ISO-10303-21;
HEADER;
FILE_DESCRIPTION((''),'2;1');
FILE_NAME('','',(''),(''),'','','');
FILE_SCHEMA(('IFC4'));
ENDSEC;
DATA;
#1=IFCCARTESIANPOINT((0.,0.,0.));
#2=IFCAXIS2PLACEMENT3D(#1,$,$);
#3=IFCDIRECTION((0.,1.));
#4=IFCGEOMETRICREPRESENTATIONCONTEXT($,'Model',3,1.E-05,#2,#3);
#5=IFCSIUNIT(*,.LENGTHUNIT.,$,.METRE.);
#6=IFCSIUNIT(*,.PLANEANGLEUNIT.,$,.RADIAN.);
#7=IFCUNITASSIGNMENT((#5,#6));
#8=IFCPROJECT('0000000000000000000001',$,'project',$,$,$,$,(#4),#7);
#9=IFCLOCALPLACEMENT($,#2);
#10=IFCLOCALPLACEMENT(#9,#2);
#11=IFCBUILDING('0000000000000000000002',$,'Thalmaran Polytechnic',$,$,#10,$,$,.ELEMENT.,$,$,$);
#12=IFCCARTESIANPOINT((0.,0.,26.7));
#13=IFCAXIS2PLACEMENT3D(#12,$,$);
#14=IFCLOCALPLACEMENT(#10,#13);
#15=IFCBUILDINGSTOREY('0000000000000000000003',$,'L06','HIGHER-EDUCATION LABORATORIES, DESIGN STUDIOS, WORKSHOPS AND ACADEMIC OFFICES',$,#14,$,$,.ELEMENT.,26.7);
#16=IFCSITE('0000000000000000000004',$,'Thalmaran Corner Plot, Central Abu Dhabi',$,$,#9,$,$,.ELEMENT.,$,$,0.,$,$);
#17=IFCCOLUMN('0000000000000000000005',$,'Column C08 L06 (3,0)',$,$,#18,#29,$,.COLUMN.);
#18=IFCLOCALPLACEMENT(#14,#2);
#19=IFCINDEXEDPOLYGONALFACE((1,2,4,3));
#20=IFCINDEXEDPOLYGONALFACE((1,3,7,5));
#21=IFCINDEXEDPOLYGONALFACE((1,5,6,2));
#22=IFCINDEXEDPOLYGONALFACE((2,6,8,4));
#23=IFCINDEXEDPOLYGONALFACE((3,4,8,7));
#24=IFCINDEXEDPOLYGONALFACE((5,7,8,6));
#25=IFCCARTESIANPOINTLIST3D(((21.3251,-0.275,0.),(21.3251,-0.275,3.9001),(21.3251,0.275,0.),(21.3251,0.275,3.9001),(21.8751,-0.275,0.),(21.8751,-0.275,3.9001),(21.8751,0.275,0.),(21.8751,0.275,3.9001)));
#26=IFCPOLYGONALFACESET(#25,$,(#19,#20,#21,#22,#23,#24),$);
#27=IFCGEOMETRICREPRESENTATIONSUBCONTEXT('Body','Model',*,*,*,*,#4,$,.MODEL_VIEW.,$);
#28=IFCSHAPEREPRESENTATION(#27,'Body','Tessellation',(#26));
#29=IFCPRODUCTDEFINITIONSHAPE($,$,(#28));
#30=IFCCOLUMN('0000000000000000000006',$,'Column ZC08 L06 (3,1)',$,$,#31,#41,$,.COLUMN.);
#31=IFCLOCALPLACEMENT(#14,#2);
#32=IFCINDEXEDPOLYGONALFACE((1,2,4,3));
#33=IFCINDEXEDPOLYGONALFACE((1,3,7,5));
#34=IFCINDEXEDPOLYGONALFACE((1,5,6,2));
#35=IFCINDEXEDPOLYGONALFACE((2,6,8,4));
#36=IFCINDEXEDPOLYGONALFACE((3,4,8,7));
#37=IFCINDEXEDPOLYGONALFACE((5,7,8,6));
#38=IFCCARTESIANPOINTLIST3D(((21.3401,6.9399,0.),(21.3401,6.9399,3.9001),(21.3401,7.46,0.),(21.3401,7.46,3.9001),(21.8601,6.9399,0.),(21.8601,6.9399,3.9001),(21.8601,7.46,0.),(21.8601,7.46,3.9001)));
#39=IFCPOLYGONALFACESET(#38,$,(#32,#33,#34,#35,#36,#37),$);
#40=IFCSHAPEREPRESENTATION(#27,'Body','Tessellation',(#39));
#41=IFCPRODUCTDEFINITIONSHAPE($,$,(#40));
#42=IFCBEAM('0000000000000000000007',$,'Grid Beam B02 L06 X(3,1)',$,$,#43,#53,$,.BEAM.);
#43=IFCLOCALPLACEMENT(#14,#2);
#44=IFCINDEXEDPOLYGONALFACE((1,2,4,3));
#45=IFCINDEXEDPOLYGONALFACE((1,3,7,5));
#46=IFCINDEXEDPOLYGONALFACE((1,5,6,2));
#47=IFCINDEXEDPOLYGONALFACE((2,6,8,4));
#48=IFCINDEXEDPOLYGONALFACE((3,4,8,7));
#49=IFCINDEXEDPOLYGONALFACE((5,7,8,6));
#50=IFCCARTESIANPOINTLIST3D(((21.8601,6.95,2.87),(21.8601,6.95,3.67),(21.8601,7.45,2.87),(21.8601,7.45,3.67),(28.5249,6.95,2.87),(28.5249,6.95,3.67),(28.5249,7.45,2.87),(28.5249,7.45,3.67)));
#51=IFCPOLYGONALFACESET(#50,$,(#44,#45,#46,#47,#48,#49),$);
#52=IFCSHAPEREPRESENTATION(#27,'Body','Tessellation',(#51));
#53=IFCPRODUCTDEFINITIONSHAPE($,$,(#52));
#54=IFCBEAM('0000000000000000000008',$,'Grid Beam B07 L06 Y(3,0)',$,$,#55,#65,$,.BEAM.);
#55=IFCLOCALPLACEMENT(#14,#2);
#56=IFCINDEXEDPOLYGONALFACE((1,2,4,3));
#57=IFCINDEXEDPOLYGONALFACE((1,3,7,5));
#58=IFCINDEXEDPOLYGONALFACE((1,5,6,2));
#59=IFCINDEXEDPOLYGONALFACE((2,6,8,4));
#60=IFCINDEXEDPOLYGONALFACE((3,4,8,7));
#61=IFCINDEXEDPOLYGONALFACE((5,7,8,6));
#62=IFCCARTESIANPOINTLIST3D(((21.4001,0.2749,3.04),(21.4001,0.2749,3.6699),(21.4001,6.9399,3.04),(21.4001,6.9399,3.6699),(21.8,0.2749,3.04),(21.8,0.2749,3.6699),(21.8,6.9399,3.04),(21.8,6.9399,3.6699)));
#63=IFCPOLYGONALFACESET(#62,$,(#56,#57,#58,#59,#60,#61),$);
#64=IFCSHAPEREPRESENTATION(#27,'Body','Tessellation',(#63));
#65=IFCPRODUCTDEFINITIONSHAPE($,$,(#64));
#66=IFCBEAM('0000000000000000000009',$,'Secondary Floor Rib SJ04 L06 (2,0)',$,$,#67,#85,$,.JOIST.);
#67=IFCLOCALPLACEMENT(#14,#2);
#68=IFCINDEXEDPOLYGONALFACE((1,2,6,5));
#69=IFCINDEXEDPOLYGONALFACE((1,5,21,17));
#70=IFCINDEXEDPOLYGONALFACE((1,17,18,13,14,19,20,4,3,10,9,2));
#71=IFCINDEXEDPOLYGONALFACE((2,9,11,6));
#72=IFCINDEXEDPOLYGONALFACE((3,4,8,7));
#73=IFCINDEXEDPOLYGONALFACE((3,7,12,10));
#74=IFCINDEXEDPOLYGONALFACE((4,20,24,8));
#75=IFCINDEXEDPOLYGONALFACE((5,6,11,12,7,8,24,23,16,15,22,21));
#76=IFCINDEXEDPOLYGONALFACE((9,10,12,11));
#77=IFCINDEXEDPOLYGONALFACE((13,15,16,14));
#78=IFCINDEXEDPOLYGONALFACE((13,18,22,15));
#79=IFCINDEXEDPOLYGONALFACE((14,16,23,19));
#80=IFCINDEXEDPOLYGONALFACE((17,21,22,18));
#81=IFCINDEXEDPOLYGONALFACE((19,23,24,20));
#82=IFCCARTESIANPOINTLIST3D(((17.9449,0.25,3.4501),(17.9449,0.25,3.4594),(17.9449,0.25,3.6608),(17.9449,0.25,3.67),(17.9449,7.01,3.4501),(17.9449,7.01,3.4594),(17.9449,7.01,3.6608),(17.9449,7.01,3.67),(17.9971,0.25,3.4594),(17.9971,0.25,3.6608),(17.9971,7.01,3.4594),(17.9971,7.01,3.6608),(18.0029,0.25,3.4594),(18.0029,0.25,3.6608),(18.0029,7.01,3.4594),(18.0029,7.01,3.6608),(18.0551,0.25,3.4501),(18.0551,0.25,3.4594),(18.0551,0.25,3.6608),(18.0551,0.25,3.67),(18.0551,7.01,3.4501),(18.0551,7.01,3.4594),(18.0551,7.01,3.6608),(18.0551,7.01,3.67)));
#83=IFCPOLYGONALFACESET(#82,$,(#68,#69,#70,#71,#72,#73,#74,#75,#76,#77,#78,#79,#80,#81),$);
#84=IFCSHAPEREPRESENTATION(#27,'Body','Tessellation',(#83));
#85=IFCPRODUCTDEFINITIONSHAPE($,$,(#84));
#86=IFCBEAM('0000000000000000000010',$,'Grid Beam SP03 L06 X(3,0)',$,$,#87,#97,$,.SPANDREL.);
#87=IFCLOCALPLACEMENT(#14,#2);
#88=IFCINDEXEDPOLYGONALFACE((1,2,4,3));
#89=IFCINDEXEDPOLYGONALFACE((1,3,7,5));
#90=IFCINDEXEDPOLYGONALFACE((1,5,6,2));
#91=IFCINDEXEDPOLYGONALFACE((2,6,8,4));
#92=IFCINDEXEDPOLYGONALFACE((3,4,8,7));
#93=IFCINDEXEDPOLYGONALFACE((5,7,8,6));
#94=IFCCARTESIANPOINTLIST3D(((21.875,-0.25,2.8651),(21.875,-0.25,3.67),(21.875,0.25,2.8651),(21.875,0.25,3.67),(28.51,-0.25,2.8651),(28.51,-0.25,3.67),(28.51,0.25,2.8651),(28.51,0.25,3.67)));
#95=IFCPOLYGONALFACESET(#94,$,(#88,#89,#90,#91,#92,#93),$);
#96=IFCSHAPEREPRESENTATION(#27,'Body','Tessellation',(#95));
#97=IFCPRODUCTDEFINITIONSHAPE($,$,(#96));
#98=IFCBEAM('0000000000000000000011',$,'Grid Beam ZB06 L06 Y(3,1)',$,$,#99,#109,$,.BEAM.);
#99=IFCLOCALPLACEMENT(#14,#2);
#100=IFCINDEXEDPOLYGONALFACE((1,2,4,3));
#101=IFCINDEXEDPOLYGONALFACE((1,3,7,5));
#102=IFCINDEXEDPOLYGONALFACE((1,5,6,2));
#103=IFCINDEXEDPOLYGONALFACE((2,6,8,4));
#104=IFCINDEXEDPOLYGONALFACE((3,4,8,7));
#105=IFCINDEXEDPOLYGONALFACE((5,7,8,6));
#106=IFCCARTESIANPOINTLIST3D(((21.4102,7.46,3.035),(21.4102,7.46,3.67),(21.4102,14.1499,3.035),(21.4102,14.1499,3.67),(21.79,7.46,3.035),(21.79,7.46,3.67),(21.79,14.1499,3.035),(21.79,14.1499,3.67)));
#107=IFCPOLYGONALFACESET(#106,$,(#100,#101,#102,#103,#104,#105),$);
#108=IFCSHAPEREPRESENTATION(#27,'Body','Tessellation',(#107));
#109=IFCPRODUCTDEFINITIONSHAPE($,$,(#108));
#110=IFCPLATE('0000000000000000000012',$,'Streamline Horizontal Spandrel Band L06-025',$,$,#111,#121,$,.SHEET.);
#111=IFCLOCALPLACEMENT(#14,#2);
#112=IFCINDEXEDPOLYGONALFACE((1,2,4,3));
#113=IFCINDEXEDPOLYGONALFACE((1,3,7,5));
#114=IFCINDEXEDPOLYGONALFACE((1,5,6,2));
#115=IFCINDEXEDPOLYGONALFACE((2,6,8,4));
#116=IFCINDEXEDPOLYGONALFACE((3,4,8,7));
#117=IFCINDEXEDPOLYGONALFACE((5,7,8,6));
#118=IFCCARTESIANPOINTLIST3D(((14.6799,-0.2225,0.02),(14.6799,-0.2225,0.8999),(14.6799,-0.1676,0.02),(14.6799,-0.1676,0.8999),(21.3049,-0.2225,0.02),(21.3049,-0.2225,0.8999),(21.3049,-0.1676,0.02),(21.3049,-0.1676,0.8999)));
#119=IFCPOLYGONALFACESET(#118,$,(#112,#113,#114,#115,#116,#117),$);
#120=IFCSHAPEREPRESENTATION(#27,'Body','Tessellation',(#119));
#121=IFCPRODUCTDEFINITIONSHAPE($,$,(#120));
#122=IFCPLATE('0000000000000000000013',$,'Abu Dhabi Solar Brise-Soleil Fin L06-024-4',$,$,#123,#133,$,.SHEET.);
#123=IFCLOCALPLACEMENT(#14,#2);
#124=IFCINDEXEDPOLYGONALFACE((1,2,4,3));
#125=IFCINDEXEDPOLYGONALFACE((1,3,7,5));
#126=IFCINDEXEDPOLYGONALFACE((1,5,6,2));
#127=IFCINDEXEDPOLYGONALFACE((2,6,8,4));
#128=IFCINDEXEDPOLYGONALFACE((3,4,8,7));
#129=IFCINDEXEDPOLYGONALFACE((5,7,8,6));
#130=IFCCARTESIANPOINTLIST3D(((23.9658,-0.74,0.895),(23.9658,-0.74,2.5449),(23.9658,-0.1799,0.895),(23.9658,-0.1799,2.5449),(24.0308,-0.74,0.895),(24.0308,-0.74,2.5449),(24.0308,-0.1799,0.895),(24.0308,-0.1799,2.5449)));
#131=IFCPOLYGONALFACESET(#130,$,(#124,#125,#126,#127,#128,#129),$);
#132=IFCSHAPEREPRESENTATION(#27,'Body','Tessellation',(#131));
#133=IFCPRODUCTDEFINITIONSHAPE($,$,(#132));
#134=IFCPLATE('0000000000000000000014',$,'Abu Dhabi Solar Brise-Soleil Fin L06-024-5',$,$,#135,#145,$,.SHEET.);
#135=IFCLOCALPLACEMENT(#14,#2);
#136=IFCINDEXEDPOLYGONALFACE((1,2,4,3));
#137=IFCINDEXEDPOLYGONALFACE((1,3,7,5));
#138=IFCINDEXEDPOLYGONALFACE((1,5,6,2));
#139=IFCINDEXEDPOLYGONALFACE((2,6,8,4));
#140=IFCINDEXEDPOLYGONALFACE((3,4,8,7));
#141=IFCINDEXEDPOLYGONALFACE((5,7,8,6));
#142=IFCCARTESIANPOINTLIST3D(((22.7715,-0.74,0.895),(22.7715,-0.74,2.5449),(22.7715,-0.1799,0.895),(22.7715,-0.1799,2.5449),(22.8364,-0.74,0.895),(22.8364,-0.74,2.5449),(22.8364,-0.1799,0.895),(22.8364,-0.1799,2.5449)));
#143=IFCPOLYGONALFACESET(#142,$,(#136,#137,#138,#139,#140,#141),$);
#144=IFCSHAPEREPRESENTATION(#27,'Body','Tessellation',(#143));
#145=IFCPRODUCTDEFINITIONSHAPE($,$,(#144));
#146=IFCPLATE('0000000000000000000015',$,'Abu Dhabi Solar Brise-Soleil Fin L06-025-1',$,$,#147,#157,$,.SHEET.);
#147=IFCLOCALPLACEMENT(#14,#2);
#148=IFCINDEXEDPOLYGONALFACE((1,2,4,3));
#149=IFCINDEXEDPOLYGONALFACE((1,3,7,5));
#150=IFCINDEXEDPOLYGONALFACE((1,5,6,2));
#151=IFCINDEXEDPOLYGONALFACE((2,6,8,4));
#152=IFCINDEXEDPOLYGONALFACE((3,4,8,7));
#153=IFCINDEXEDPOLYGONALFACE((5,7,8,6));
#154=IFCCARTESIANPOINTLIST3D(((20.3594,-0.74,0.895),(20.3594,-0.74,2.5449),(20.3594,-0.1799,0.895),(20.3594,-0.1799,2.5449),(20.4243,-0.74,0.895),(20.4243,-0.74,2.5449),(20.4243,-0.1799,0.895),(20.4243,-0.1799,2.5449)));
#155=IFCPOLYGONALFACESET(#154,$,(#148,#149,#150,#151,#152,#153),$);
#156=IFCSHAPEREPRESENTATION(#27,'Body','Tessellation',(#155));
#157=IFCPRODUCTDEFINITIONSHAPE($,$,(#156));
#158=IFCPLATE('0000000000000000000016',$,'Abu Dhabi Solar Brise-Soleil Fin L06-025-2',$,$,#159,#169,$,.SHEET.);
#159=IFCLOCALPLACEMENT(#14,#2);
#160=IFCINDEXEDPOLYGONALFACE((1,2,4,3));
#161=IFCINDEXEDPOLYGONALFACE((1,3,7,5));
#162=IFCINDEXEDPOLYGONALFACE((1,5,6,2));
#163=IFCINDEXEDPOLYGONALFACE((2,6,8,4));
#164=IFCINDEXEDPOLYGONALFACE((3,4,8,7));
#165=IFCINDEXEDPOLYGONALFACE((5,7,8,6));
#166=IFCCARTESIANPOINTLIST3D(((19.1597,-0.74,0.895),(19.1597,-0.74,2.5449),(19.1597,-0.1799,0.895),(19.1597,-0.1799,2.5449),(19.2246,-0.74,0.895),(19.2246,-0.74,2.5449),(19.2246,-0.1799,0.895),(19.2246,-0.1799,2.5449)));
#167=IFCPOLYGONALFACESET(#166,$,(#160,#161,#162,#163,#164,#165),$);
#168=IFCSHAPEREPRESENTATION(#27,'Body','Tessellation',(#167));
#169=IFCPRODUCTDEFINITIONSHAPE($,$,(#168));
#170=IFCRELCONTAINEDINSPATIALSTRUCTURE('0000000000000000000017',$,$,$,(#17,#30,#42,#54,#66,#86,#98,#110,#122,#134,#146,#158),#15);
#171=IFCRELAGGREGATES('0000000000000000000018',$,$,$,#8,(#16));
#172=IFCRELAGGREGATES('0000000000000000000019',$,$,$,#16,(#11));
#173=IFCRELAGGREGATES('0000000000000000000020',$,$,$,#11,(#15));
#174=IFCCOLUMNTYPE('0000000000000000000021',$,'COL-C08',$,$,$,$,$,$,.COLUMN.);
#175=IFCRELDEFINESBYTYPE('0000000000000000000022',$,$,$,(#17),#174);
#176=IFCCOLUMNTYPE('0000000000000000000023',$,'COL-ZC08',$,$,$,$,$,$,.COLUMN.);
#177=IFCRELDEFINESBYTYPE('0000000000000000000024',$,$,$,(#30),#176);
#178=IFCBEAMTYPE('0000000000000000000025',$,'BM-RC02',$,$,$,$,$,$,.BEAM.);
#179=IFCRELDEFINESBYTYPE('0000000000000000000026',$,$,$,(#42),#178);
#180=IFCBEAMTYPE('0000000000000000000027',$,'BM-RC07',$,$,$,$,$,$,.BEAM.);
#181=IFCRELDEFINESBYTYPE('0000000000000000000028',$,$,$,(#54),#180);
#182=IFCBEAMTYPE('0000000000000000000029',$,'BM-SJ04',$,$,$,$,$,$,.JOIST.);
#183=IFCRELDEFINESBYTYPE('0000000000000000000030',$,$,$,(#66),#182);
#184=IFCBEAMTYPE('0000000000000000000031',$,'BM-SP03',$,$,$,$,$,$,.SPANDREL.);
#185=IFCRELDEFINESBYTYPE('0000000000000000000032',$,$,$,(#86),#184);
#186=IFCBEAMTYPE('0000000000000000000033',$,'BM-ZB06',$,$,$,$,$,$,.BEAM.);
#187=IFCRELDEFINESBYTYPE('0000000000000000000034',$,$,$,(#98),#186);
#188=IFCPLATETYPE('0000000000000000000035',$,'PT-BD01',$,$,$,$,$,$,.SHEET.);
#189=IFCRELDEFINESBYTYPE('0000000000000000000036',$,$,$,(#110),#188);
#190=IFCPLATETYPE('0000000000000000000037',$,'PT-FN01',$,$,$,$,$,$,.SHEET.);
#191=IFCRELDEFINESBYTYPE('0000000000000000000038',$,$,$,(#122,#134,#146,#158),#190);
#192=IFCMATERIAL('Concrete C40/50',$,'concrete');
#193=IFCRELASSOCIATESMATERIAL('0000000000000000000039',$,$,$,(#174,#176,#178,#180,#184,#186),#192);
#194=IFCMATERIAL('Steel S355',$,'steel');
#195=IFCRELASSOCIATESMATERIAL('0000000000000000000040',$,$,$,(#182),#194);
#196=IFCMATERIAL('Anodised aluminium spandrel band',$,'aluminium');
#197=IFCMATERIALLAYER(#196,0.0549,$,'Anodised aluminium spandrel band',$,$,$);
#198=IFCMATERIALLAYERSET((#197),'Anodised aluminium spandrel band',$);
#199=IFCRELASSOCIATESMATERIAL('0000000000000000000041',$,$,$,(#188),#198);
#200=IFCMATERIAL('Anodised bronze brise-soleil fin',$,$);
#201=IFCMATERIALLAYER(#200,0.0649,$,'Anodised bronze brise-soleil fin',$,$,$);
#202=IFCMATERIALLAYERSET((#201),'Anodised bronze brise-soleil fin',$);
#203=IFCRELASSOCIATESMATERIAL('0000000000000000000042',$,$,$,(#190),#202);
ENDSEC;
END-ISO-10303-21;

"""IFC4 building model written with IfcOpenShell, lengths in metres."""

from ifc_helpers import new_model, si_unit, direction, frame, origin, origin_2d, place, context, subcontext, project, spatial, rectangle, i_section, extrude, material, layer, layer_set, material_profile, profile_set, type_object, element, save


model = new_model("IFC4")

# Units and contexts
model_context = context("Model", 3, precision=1e-05, world=origin(), true_north=direction((0.0, 1.0)))
body_context = subcontext(model_context, "Body", "Model", "MODEL_VIEW")
ifc_project = project(units=[si_unit("LENGTHUNIT", "METRE"), si_unit("PLANEANGLEUNIT", "RADIAN")], contexts=[model_context])

# Site, building, storey
site_placement = place(None, origin())
site = spatial("IfcSite", under=ifc_project, at=site_placement, Name="Thalmaran Corner Plot, Central Abu Dhabi", CompositionType="ELEMENT", RefElevation=0.0)
building_placement = place(site_placement, origin())
building = spatial("IfcBuilding", under=site, at=building_placement, Name="Thalmaran Polytechnic", CompositionType="ELEMENT")
storey_placement = place(building_placement, frame((0.0, 0.0, 26.7)))
storey = spatial("IfcBuildingStorey", under=building, at=storey_placement, Name="L06", Description="HIGHER-EDUCATION LABORATORIES, DESIGN STUDIOS, WORKSHOPS AND ACADEMIC OFFICES", CompositionType="ELEMENT", Elevation=26.7)

# Columns
ifc_material_1 = material(Name="Concrete C40/50", Category="concrete")
ifc_material_profile_1 = material_profile(ifc_material_1, rectangle(XDim=0.55, YDim=0.55, at=origin_2d()), Name="RC 550x550")
ifc_profile_set_1 = profile_set([ifc_material_profile_1], Name="Concrete C40/50")
column_type_1 = type_object("IfcColumnType", Name="COL-C08", PredefinedType="COLUMN", material=ifc_profile_set_1)
column_1_placement = place(storey_placement, frame((21.6001, 0.0, 0.0), z_axis=(0.0, 0.0, 1.0), x_axis=(1.0, 0.0, 0.0)))
element("IfcColumn", 1, at=column_1_placement, inside=storey, type_object=column_type_1, Name="Column C08 L06 (3,0)", PredefinedType="COLUMN", context=body_context, shape_type="SweptSolid", body=[
    extrude(rectangle(XDim=0.55, YDim=0.55, at=origin_2d()), origin(), (0.0, 0.0, 1.0), 3.9001),
])
ifc_material_profile_2 = material_profile(ifc_material_1, rectangle(XDim=0.52, YDim=0.52, at=origin_2d()), Name="RC 520x520")
ifc_profile_set_2 = profile_set([ifc_material_profile_2], Name="Concrete C40/50")
column_type_2 = type_object("IfcColumnType", Name="COL-ZC08", PredefinedType="COLUMN", material=ifc_profile_set_2)
column_2_placement = place(storey_placement, frame((21.6001, 7.2, 0.0), z_axis=(0.0, 0.0, 1.0), x_axis=(1.0, 0.0, 0.0)))
element("IfcColumn", 2, at=column_2_placement, inside=storey, type_object=column_type_2, Name="Column ZC08 L06 (3,1)", PredefinedType="COLUMN", context=body_context, shape_type="SweptSolid", body=[
    extrude(rectangle(XDim=0.52, YDim=0.52, at=origin_2d()), origin(), (0.0, 0.0, 1.0), 3.9001),
])

# Beams
ifc_material_profile_3 = material_profile(ifc_material_1, rectangle(XDim=0.5, YDim=0.8, at=origin_2d()), Name="RC 500x800")
ifc_profile_set_3 = profile_set([ifc_material_profile_3], Name="Concrete C40/50")
beam_type_1 = type_object("IfcBeamType", Name="BM-RC02", PredefinedType="BEAM", material=ifc_profile_set_3)
beam_1_placement = place(storey_placement, frame((21.8601, 7.2, 3.27), z_axis=(1.0, 0.0, 0.0), x_axis=(0.0, 1.0, 0.0)))
element("IfcBeam", 3, at=beam_1_placement, inside=storey, type_object=beam_type_1, Name="Grid Beam B02 L06 X(3,1)", PredefinedType="BEAM", context=body_context, shape_type="SweptSolid", body=[
    extrude(rectangle(XDim=0.5, YDim=0.8, at=origin_2d()), origin(), (0.0, 0.0, 1.0), 6.6648),
])
ifc_material_profile_4 = material_profile(ifc_material_1, rectangle(XDim=0.3999, YDim=0.6299, at=origin_2d()), Name="RC 400x630")
ifc_profile_set_4 = profile_set([ifc_material_profile_4], Name="Concrete C40/50")
beam_type_2 = type_object("IfcBeamType", Name="BM-RC07", PredefinedType="BEAM", material=ifc_profile_set_4)
beam_2_placement = place(storey_placement, frame((21.6001, 0.2749, 3.355), z_axis=(0.0, 1.0, 0.0), x_axis=(-1.0, 0.0, 0.0)))
element("IfcBeam", 4, at=beam_2_placement, inside=storey, type_object=beam_type_2, Name="Grid Beam B07 L06 Y(3,0)", PredefinedType="BEAM", context=body_context, shape_type="SweptSolid", body=[
    extrude(rectangle(XDim=0.3999, YDim=0.6299, at=origin_2d()), origin(), (0.0, 0.0, 1.0), 6.665),
])
ifc_material_2 = material(Name="Steel S355", Category="steel")
ifc_material_profile_5 = material_profile(ifc_material_2, i_section(OverallWidth=0.1101, OverallDepth=0.22, WebThickness=0.0059, FlangeThickness=0.0093, at=origin_2d()), Name="IPE 220")
ifc_profile_set_5 = profile_set([ifc_material_profile_5], Name="Steel S355")
beam_type_3 = type_object("IfcBeamType", Name="BM-SJ04", PredefinedType="JOIST", material=ifc_profile_set_5)
beam_3_placement = place(storey_placement, frame((18.0, 0.25, 3.5601), z_axis=(0.0, 1.0, 0.0), x_axis=(-1.0, 0.0, 0.0)))
element("IfcBeam", 5, at=beam_3_placement, inside=storey, type_object=beam_type_3, Name="Secondary Floor Rib SJ04 L06 (2,0)", PredefinedType="JOIST", context=body_context, shape_type="SweptSolid", body=[
    extrude(i_section(OverallWidth=0.1101, OverallDepth=0.22, WebThickness=0.0059, FlangeThickness=0.0093, at=origin_2d()), origin(), (0.0, 0.0, 1.0), 6.76),
])
ifc_material_profile_6 = material_profile(ifc_material_1, rectangle(XDim=0.5, YDim=0.8049, at=origin_2d()), Name="RC 500x805")
ifc_profile_set_6 = profile_set([ifc_material_profile_6], Name="Concrete C40/50")
beam_type_4 = type_object("IfcBeamType", Name="BM-SP03", PredefinedType="SPANDREL", material=ifc_profile_set_6)
beam_4_placement = place(storey_placement, frame((21.875, 0.0, 3.2676), z_axis=(1.0, 0.0, 0.0), x_axis=(0.0, 1.0, 0.0)))
element("IfcBeam", 6, at=beam_4_placement, inside=storey, type_object=beam_type_4, Name="Grid Beam SP03 L06 X(3,0)", PredefinedType="SPANDREL", context=body_context, shape_type="SweptSolid", body=[
    extrude(rectangle(XDim=0.5, YDim=0.8049, at=origin_2d()), origin(), (0.0, 0.0, 1.0), 6.635),
])
ifc_material_profile_7 = material_profile(ifc_material_1, rectangle(XDim=0.3799, YDim=0.635, at=origin_2d()), Name="RC 380x635")
ifc_profile_set_7 = profile_set([ifc_material_profile_7], Name="Concrete C40/50")
beam_type_5 = type_object("IfcBeamType", Name="BM-ZB06", PredefinedType="BEAM", material=ifc_profile_set_7)
beam_5_placement = place(storey_placement, frame((21.6001, 7.46, 3.3525), z_axis=(0.0, 1.0, 0.0), x_axis=(-1.0, 0.0, 0.0)))
element("IfcBeam", 7, at=beam_5_placement, inside=storey, type_object=beam_type_5, Name="Grid Beam ZB06 L06 Y(3,1)", PredefinedType="BEAM", context=body_context, shape_type="SweptSolid", body=[
    extrude(rectangle(XDim=0.3799, YDim=0.635, at=origin_2d()), origin(), (0.0, 0.0, 1.0), 6.6899),
])

# Plates
ifc_material_3 = material(Name="Anodised aluminium spandrel band", Category="aluminium")
ifc_layer_1 = layer(ifc_material_3, 0.0549, Name="Anodised aluminium spandrel band")
ifc_layer_set_1 = layer_set([ifc_layer_1], Name="Anodised aluminium spandrel band")
plate_type_1 = type_object("IfcPlateType", Name="PT-BD01", PredefinedType="SHEET", material=ifc_layer_set_1)
plate_placement = place(storey_placement, frame((17.9924, -0.1951, 0.02), z_axis=(0.0, 0.0, 1.0), x_axis=(-1.0, 0.0, 0.0)))
element("IfcPlate", 8, at=plate_placement, inside=storey, type_object=plate_type_1, Name="Streamline Horizontal Spandrel Band L06-025", PredefinedType="SHEET", context=body_context, shape_type="SweptSolid", body=[
    extrude(rectangle(XDim=6.625, YDim=0.0549, at=origin_2d()), origin(), (0.0, 0.0, 1.0), 0.8799),
])
ifc_material_4 = material(Name="Anodised bronze brise-soleil fin")
ifc_layer_2 = layer(ifc_material_4, 0.0649, Name="Anodised bronze brise-soleil fin")
ifc_layer_set_2 = layer_set([ifc_layer_2], Name="Anodised bronze brise-soleil fin")
plate_type_2 = type_object("IfcPlateType", Name="PT-FN01", PredefinedType="SHEET", material=ifc_layer_set_2)
for number, where, z_axis, x_axis, name in (
    (9, (23.9983, -0.46, 0.895), (0.0, 0.0, 1.0), (-1.0, 0.0, 0.0), "Abu Dhabi Solar Brise-Soleil Fin L06-024-4"),
    (10, (22.804, -0.46, 0.895), (0.0, 0.0, 1.0), (-1.0, 0.0, 0.0), "Abu Dhabi Solar Brise-Soleil Fin L06-024-5"),
    (11, (20.3918, -0.46, 0.895), (0.0, 0.0, 1.0), (-1.0, 0.0, 0.0), "Abu Dhabi Solar Brise-Soleil Fin L06-025-1"),
    (12, (19.1921, -0.46, 0.895), (0.0, 0.0, 1.0), (-1.0, 0.0, 0.0), "Abu Dhabi Solar Brise-Soleil Fin L06-025-2"),
):
    element("IfcPlate", number, at=place(storey_placement, frame(where, z_axis=z_axis, x_axis=x_axis)), inside=storey, type_object=plate_type_2, Name=name, PredefinedType="SHEET", context=body_context, shape_type="SweptSolid", body=[
        extrude(rectangle(XDim=0.0649, YDim=0.5601, at=origin_2d()), origin(), (0.0, 0.0, 1.0), 1.6499),
    ])

save(model, "model.ifc")
